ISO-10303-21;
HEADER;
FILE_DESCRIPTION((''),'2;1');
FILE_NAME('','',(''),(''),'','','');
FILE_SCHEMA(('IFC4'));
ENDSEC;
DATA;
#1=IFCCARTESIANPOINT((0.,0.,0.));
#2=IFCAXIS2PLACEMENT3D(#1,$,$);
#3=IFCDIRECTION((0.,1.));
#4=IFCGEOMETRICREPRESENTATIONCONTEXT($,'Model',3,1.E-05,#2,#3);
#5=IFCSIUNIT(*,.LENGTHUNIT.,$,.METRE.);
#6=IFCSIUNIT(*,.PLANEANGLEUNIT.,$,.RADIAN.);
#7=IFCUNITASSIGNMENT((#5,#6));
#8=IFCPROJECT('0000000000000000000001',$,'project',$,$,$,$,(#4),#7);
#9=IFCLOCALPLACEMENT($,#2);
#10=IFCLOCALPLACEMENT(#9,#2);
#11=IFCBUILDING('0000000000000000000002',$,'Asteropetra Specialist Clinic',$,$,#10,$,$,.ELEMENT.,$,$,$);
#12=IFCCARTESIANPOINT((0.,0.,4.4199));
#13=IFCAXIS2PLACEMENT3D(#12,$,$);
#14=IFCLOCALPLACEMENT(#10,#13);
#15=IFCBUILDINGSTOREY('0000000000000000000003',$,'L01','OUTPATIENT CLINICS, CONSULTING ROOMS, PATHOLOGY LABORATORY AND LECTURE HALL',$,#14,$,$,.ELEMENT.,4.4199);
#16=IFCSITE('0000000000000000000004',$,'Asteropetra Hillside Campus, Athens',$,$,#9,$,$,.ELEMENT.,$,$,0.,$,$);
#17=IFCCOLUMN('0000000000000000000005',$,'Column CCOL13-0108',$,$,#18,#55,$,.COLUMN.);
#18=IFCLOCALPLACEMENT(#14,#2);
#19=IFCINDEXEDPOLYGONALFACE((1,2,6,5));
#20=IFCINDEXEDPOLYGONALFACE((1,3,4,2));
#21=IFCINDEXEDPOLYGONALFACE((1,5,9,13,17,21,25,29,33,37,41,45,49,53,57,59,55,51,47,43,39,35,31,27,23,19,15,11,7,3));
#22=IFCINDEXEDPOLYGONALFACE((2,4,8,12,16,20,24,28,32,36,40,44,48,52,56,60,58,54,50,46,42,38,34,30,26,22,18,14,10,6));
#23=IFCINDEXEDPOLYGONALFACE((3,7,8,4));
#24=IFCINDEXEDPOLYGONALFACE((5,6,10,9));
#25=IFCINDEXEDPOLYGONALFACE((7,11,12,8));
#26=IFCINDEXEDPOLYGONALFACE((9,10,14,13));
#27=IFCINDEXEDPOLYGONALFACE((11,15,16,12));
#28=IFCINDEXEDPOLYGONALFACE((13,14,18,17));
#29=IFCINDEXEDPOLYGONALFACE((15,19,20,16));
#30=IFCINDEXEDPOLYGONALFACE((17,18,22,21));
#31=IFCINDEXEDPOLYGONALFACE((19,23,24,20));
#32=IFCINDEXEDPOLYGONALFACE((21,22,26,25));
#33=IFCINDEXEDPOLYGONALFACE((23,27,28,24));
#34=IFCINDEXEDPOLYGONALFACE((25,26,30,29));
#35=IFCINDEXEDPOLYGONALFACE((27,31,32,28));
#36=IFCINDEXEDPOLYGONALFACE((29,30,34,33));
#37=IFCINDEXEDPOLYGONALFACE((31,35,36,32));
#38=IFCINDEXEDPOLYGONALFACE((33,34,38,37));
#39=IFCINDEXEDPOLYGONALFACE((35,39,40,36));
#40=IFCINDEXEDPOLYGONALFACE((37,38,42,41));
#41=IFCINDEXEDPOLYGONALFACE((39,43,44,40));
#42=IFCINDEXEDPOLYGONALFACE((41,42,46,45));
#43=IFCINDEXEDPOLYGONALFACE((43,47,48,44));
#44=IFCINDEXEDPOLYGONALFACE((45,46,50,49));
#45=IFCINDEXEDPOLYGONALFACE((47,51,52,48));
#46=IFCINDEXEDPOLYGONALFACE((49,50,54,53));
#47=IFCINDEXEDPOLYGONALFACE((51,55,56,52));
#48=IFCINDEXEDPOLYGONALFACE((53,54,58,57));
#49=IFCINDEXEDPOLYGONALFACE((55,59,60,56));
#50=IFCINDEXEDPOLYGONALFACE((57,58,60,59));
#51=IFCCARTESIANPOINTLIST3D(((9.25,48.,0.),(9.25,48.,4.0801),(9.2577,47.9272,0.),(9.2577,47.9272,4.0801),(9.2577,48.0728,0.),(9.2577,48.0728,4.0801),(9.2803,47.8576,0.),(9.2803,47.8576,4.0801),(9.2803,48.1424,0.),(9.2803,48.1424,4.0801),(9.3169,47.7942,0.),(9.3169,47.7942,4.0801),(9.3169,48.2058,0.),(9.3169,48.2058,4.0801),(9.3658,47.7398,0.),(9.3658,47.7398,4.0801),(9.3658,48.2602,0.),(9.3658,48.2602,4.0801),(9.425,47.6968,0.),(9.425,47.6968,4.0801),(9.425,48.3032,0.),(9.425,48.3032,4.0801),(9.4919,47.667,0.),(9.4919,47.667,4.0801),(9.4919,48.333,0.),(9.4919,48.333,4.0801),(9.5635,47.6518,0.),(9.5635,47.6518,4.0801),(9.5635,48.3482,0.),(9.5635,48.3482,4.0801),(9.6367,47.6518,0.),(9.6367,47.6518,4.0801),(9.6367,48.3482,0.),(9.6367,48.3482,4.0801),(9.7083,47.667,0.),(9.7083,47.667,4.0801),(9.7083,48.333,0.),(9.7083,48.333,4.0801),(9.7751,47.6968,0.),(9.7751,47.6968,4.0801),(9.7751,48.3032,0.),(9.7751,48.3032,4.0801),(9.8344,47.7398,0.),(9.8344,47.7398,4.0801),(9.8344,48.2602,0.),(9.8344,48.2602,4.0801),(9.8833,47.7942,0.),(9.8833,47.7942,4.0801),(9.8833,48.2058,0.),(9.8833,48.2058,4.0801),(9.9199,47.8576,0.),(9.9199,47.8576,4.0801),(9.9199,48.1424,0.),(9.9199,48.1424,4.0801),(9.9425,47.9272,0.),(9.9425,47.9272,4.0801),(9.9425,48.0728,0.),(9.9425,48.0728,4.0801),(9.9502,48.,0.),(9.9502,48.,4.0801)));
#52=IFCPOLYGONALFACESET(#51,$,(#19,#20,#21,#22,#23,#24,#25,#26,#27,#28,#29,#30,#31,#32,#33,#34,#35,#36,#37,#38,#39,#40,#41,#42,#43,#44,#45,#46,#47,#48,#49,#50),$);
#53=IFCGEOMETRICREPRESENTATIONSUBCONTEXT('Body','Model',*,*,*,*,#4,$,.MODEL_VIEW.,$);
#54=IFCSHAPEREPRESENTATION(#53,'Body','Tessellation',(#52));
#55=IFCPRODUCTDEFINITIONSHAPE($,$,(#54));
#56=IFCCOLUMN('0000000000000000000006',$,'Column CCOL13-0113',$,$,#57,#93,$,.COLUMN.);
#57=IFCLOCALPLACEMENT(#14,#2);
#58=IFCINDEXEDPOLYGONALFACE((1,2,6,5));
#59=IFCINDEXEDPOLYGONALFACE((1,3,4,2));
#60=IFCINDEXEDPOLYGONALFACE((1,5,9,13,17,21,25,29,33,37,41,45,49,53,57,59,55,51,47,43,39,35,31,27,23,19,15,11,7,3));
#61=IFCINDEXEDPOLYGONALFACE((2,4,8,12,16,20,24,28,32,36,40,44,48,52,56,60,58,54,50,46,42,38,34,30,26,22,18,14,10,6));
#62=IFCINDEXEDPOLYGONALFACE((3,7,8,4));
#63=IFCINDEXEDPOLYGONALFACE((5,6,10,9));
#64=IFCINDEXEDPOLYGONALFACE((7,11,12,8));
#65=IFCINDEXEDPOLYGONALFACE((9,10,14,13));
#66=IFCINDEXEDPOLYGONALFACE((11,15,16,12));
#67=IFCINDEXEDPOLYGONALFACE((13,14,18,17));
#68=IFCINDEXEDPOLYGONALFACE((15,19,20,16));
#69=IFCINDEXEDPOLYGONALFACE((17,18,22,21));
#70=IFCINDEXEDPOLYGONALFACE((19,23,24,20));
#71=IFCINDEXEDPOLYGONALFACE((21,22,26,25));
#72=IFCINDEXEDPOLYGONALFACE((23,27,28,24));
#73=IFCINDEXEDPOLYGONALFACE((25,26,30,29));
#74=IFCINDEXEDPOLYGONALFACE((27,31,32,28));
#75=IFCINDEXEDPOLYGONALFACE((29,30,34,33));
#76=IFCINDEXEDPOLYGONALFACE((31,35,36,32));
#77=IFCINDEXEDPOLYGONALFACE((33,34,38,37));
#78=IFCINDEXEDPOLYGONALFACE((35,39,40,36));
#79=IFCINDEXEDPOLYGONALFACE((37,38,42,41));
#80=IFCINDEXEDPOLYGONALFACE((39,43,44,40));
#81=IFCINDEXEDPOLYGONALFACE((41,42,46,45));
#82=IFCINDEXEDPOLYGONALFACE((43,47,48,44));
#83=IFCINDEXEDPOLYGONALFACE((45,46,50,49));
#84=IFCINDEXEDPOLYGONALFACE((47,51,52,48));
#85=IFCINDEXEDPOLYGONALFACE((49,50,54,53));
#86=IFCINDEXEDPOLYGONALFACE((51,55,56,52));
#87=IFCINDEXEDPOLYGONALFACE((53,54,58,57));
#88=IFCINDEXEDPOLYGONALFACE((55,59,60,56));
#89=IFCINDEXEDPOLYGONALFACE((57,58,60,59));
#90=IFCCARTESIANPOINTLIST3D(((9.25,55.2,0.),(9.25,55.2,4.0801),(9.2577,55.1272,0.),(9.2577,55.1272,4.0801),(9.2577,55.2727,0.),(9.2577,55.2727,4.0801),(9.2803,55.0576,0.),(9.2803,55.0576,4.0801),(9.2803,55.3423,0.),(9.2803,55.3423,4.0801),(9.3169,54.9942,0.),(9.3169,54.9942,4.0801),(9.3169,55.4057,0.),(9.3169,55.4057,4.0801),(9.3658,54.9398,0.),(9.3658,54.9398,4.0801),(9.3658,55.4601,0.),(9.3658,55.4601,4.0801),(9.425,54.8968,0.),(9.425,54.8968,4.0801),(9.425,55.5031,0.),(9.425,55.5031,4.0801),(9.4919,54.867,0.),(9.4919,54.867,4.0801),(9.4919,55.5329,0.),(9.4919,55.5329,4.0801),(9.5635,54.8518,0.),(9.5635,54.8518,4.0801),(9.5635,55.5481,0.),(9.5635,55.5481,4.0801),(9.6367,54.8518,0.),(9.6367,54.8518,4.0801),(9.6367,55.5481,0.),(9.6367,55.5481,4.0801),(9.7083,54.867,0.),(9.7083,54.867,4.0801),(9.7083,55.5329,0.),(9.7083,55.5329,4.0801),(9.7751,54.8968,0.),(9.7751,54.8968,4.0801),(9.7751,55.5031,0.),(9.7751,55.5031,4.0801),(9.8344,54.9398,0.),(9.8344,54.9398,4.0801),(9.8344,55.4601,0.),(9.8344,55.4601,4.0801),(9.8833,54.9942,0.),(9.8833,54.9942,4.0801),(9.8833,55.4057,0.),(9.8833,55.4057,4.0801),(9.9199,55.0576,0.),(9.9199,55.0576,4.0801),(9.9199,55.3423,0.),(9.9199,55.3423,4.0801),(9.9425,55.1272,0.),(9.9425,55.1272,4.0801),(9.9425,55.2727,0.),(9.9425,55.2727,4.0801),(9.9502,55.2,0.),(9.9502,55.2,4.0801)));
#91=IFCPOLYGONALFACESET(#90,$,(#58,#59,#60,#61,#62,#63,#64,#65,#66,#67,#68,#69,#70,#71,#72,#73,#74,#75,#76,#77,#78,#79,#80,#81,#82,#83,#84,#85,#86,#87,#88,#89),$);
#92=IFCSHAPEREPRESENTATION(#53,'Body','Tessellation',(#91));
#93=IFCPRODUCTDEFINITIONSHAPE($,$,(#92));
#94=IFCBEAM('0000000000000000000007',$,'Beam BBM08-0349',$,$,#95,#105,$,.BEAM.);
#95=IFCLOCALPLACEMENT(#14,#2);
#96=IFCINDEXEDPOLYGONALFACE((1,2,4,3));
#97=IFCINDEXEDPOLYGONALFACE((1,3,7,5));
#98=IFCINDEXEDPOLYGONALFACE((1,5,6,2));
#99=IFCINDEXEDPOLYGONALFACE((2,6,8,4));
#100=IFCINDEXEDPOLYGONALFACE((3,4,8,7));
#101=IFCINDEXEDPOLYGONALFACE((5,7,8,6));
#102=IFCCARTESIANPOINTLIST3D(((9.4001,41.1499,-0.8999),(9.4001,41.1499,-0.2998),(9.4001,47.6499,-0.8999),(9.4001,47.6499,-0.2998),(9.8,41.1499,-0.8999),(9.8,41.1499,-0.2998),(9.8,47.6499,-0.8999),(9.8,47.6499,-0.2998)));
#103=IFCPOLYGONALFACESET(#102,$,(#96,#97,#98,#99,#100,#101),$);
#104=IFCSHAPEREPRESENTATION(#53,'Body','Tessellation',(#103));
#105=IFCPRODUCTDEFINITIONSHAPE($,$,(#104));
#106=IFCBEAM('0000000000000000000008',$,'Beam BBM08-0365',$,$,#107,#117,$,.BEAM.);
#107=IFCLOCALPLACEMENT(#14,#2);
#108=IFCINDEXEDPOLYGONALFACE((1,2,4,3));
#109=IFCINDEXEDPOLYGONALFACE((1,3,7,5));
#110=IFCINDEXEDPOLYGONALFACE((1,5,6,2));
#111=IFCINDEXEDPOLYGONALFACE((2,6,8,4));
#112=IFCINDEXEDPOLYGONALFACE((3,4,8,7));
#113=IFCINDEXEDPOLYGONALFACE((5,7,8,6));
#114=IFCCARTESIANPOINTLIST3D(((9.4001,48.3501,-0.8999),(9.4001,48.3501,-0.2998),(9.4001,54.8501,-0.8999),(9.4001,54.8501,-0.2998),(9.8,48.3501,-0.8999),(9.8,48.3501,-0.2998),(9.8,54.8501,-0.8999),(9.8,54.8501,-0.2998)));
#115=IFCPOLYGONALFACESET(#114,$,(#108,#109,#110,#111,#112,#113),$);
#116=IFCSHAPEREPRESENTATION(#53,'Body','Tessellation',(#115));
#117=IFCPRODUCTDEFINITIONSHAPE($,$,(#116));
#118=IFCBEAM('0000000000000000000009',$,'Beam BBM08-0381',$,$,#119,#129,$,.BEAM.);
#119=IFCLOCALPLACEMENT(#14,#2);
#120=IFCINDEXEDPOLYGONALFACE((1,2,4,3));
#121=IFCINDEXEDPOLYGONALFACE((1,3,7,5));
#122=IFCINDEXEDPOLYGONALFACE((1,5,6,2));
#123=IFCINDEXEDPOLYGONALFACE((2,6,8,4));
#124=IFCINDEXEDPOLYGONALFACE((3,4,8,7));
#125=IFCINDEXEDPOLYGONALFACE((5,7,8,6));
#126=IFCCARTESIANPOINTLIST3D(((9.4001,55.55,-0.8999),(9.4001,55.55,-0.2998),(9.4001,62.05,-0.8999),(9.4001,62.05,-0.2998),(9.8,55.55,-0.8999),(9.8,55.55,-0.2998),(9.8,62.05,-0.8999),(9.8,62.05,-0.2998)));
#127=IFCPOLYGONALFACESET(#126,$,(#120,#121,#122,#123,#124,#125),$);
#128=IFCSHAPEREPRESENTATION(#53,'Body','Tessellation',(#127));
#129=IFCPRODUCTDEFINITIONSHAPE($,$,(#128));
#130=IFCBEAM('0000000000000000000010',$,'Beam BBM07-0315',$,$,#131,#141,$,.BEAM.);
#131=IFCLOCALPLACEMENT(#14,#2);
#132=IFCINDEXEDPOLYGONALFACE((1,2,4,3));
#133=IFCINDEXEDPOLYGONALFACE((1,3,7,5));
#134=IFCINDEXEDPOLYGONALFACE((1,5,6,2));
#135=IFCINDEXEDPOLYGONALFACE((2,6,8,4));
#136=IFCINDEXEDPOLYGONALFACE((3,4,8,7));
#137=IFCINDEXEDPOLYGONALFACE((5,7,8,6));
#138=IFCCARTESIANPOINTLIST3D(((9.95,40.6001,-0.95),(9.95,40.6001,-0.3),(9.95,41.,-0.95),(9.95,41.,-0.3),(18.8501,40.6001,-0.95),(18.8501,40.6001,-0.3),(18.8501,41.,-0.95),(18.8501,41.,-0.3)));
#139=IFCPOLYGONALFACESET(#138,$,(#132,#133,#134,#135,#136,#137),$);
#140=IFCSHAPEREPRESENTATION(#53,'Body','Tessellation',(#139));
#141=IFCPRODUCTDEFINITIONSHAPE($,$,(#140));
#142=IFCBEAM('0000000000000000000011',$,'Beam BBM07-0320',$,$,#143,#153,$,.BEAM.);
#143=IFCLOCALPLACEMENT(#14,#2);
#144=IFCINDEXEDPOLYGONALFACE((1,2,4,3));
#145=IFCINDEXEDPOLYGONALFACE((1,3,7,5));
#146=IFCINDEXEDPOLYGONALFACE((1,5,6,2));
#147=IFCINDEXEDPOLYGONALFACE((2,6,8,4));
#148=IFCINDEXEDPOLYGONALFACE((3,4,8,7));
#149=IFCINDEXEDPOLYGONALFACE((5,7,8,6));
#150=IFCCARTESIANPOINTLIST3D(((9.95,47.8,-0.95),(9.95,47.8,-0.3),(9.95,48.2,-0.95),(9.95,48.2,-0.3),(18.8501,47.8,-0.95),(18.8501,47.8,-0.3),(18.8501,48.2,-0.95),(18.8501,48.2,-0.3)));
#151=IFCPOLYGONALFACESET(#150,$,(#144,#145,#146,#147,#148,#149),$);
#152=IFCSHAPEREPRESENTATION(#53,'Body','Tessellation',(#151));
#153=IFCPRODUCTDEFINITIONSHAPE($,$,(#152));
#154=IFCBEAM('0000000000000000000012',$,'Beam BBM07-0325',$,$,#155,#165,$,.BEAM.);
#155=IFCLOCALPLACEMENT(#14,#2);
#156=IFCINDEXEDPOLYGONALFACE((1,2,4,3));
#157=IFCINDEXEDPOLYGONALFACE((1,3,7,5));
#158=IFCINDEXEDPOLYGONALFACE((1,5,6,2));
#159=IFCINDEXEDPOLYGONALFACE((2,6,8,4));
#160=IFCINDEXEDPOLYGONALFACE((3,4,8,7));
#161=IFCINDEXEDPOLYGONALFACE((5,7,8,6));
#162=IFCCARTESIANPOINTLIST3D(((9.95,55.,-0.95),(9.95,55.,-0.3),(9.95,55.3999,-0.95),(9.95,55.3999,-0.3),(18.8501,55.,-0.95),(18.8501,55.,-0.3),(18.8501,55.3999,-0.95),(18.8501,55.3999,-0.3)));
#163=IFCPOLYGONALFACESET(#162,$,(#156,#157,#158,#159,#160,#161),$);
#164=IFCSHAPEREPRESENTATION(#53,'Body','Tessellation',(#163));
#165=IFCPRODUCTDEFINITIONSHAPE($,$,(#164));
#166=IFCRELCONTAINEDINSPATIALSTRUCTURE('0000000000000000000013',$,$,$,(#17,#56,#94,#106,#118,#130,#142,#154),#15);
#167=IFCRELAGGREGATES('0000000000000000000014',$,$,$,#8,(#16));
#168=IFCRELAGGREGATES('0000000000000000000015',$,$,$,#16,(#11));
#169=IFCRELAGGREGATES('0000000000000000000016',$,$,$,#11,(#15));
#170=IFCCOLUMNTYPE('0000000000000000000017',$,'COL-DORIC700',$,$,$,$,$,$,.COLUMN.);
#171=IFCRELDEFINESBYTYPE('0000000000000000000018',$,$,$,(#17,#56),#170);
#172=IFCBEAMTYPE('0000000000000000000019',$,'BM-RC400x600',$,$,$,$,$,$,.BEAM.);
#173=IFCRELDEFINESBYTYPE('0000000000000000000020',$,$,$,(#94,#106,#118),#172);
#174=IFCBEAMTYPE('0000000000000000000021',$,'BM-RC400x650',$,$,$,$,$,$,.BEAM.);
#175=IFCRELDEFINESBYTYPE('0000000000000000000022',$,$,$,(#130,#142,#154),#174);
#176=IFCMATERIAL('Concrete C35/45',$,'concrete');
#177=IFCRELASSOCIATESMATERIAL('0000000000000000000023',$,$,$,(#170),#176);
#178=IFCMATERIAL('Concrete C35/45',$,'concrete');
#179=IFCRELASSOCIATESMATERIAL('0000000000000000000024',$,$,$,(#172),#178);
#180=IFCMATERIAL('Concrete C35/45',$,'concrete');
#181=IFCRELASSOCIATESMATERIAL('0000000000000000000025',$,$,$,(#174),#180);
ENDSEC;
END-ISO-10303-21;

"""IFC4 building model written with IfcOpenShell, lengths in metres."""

from ifc_helpers import new_model, si_unit, direction, frame, origin, origin_2d, place, context, subcontext, project, spatial, rectangle, circle, extrude, material, material_profile, profile_set, type_object, element, save


model = new_model("IFC4")

# Units and contexts
model_context = context("Model", 3, precision=1e-05, world=origin(), true_north=direction((0.0, 1.0)))
body_context = subcontext(model_context, "Body", "Model", "MODEL_VIEW")
ifc_project = project(units=[si_unit("LENGTHUNIT", "METRE"), si_unit("PLANEANGLEUNIT", "RADIAN")], contexts=[model_context])

# Site, building, storey
site_placement = place(None, origin())
site = spatial("IfcSite", under=ifc_project, at=site_placement, Name="Asteropetra Hillside Campus, Athens", CompositionType="ELEMENT", RefElevation=0.0)
building_placement = place(site_placement, origin())
building = spatial("IfcBuilding", under=site, at=building_placement, Name="Asteropetra Specialist Clinic", CompositionType="ELEMENT")
storey_placement = place(building_placement, frame((0.0, 0.0, 4.4199)))
storey = spatial("IfcBuildingStorey", under=building, at=storey_placement, Name="L01", Description="OUTPATIENT CLINICS, CONSULTING ROOMS, PATHOLOGY LABORATORY AND LECTURE HALL", CompositionType="ELEMENT", Elevation=4.4199)

# Columns
ifc_material_1 = material(Name="Concrete C35/45", Category="concrete")
ifc_material_profile_1 = material_profile(ifc_material_1, circle(Radius=0.3501, at=origin_2d()), Name="RCC D700")
ifc_profile_set_1 = profile_set([ifc_material_profile_1], Name="Concrete C35/45")
column_type = type_object("IfcColumnType", Name="COL-DORIC700", PredefinedType="COLUMN", material=ifc_profile_set_1)
for number, where, z_axis, x_axis, name in (
    (1, (9.6001, 48.0, 0.0), (0.0, 0.0, 1.0), (1.0, 0.0, 0.0), "Column CCOL13-0108"),
    (2, (9.6001, 55.2, 0.0), (0.0, 0.0, 1.0), (1.0, 0.0, 0.0), "Column CCOL13-0113"),
):
    element("IfcColumn", number, at=place(storey_placement, frame(where, z_axis=z_axis, x_axis=x_axis)), inside=storey, type_object=column_type, Name=name, PredefinedType="COLUMN", context=body_context, shape_type="SweptSolid", body=[
        extrude(circle(Radius=0.3501, at=origin_2d()), origin(), (0.0, 0.0, 1.0), 4.0801),
    ])

# Beams
ifc_material_2 = material(Name="Concrete C35/45", Category="concrete")
ifc_material_profile_2 = material_profile(ifc_material_2, rectangle(XDim=0.3999, YDim=0.6001, at=origin_2d()), Name="RCB 400x600")
ifc_profile_set_2 = profile_set([ifc_material_profile_2], Name="Concrete C35/45")
beam_type_1 = type_object("IfcBeamType", Name="BM-RC400x600", PredefinedType="BEAM", material=ifc_profile_set_2)
for number, where, z_axis, x_axis, name in (
    (3, (9.6001, 41.1499, -0.5999), (0.0, 1.0, 0.0), (-1.0, 0.0, 0.0), "Beam BBM08-0349"),
    (4, (9.6001, 48.3501, -0.5999), (0.0, 1.0, 0.0), (-1.0, 0.0, 0.0), "Beam BBM08-0365"),
    (5, (9.6001, 55.55, -0.5999), (0.0, 1.0, 0.0), (-1.0, 0.0, 0.0), "Beam BBM08-0381"),
):
    element("IfcBeam", number, at=place(storey_placement, frame(where, z_axis=z_axis, x_axis=x_axis)), inside=storey, type_object=beam_type_1, Name=name, PredefinedType="BEAM", context=body_context, shape_type="SweptSolid", body=[
        extrude(rectangle(XDim=0.3999, YDim=0.6001, at=origin_2d()), origin(), (0.0, 0.0, 1.0), 6.5),
    ])
ifc_material_3 = material(Name="Concrete C35/45", Category="concrete")
ifc_material_profile_3 = material_profile(ifc_material_3, rectangle(XDim=0.3999, YDim=0.6499, at=origin_2d()), Name="RCB 400x650")
ifc_profile_set_3 = profile_set([ifc_material_profile_3], Name="Concrete C35/45")
beam_type_2 = type_object("IfcBeamType", Name="BM-RC400x650", PredefinedType="BEAM", material=ifc_profile_set_3)
for number, where, z_axis, x_axis, name in (
    (6, (9.95, 40.8, -0.625), (1.0, 0.0, 0.0), (0.0, 1.0, 0.0), "Beam BBM07-0315"),
    (7, (9.95, 48.0, -0.625), (1.0, 0.0, 0.0), (0.0, 1.0, 0.0), "Beam BBM07-0320"),
    (8, (9.95, 55.2, -0.625), (1.0, 0.0, 0.0), (0.0, 1.0, 0.0), "Beam BBM07-0325"),
):
    element("IfcBeam", number, at=place(storey_placement, frame(where, z_axis=z_axis, x_axis=x_axis)), inside=storey, type_object=beam_type_2, Name=name, PredefinedType="BEAM", context=body_context, shape_type="SweptSolid", body=[
        extrude(rectangle(XDim=0.3999, YDim=0.6499, at=origin_2d()), origin(), (0.0, 0.0, 1.0), 8.9001),
    ])

save(model, "model.ifc")
